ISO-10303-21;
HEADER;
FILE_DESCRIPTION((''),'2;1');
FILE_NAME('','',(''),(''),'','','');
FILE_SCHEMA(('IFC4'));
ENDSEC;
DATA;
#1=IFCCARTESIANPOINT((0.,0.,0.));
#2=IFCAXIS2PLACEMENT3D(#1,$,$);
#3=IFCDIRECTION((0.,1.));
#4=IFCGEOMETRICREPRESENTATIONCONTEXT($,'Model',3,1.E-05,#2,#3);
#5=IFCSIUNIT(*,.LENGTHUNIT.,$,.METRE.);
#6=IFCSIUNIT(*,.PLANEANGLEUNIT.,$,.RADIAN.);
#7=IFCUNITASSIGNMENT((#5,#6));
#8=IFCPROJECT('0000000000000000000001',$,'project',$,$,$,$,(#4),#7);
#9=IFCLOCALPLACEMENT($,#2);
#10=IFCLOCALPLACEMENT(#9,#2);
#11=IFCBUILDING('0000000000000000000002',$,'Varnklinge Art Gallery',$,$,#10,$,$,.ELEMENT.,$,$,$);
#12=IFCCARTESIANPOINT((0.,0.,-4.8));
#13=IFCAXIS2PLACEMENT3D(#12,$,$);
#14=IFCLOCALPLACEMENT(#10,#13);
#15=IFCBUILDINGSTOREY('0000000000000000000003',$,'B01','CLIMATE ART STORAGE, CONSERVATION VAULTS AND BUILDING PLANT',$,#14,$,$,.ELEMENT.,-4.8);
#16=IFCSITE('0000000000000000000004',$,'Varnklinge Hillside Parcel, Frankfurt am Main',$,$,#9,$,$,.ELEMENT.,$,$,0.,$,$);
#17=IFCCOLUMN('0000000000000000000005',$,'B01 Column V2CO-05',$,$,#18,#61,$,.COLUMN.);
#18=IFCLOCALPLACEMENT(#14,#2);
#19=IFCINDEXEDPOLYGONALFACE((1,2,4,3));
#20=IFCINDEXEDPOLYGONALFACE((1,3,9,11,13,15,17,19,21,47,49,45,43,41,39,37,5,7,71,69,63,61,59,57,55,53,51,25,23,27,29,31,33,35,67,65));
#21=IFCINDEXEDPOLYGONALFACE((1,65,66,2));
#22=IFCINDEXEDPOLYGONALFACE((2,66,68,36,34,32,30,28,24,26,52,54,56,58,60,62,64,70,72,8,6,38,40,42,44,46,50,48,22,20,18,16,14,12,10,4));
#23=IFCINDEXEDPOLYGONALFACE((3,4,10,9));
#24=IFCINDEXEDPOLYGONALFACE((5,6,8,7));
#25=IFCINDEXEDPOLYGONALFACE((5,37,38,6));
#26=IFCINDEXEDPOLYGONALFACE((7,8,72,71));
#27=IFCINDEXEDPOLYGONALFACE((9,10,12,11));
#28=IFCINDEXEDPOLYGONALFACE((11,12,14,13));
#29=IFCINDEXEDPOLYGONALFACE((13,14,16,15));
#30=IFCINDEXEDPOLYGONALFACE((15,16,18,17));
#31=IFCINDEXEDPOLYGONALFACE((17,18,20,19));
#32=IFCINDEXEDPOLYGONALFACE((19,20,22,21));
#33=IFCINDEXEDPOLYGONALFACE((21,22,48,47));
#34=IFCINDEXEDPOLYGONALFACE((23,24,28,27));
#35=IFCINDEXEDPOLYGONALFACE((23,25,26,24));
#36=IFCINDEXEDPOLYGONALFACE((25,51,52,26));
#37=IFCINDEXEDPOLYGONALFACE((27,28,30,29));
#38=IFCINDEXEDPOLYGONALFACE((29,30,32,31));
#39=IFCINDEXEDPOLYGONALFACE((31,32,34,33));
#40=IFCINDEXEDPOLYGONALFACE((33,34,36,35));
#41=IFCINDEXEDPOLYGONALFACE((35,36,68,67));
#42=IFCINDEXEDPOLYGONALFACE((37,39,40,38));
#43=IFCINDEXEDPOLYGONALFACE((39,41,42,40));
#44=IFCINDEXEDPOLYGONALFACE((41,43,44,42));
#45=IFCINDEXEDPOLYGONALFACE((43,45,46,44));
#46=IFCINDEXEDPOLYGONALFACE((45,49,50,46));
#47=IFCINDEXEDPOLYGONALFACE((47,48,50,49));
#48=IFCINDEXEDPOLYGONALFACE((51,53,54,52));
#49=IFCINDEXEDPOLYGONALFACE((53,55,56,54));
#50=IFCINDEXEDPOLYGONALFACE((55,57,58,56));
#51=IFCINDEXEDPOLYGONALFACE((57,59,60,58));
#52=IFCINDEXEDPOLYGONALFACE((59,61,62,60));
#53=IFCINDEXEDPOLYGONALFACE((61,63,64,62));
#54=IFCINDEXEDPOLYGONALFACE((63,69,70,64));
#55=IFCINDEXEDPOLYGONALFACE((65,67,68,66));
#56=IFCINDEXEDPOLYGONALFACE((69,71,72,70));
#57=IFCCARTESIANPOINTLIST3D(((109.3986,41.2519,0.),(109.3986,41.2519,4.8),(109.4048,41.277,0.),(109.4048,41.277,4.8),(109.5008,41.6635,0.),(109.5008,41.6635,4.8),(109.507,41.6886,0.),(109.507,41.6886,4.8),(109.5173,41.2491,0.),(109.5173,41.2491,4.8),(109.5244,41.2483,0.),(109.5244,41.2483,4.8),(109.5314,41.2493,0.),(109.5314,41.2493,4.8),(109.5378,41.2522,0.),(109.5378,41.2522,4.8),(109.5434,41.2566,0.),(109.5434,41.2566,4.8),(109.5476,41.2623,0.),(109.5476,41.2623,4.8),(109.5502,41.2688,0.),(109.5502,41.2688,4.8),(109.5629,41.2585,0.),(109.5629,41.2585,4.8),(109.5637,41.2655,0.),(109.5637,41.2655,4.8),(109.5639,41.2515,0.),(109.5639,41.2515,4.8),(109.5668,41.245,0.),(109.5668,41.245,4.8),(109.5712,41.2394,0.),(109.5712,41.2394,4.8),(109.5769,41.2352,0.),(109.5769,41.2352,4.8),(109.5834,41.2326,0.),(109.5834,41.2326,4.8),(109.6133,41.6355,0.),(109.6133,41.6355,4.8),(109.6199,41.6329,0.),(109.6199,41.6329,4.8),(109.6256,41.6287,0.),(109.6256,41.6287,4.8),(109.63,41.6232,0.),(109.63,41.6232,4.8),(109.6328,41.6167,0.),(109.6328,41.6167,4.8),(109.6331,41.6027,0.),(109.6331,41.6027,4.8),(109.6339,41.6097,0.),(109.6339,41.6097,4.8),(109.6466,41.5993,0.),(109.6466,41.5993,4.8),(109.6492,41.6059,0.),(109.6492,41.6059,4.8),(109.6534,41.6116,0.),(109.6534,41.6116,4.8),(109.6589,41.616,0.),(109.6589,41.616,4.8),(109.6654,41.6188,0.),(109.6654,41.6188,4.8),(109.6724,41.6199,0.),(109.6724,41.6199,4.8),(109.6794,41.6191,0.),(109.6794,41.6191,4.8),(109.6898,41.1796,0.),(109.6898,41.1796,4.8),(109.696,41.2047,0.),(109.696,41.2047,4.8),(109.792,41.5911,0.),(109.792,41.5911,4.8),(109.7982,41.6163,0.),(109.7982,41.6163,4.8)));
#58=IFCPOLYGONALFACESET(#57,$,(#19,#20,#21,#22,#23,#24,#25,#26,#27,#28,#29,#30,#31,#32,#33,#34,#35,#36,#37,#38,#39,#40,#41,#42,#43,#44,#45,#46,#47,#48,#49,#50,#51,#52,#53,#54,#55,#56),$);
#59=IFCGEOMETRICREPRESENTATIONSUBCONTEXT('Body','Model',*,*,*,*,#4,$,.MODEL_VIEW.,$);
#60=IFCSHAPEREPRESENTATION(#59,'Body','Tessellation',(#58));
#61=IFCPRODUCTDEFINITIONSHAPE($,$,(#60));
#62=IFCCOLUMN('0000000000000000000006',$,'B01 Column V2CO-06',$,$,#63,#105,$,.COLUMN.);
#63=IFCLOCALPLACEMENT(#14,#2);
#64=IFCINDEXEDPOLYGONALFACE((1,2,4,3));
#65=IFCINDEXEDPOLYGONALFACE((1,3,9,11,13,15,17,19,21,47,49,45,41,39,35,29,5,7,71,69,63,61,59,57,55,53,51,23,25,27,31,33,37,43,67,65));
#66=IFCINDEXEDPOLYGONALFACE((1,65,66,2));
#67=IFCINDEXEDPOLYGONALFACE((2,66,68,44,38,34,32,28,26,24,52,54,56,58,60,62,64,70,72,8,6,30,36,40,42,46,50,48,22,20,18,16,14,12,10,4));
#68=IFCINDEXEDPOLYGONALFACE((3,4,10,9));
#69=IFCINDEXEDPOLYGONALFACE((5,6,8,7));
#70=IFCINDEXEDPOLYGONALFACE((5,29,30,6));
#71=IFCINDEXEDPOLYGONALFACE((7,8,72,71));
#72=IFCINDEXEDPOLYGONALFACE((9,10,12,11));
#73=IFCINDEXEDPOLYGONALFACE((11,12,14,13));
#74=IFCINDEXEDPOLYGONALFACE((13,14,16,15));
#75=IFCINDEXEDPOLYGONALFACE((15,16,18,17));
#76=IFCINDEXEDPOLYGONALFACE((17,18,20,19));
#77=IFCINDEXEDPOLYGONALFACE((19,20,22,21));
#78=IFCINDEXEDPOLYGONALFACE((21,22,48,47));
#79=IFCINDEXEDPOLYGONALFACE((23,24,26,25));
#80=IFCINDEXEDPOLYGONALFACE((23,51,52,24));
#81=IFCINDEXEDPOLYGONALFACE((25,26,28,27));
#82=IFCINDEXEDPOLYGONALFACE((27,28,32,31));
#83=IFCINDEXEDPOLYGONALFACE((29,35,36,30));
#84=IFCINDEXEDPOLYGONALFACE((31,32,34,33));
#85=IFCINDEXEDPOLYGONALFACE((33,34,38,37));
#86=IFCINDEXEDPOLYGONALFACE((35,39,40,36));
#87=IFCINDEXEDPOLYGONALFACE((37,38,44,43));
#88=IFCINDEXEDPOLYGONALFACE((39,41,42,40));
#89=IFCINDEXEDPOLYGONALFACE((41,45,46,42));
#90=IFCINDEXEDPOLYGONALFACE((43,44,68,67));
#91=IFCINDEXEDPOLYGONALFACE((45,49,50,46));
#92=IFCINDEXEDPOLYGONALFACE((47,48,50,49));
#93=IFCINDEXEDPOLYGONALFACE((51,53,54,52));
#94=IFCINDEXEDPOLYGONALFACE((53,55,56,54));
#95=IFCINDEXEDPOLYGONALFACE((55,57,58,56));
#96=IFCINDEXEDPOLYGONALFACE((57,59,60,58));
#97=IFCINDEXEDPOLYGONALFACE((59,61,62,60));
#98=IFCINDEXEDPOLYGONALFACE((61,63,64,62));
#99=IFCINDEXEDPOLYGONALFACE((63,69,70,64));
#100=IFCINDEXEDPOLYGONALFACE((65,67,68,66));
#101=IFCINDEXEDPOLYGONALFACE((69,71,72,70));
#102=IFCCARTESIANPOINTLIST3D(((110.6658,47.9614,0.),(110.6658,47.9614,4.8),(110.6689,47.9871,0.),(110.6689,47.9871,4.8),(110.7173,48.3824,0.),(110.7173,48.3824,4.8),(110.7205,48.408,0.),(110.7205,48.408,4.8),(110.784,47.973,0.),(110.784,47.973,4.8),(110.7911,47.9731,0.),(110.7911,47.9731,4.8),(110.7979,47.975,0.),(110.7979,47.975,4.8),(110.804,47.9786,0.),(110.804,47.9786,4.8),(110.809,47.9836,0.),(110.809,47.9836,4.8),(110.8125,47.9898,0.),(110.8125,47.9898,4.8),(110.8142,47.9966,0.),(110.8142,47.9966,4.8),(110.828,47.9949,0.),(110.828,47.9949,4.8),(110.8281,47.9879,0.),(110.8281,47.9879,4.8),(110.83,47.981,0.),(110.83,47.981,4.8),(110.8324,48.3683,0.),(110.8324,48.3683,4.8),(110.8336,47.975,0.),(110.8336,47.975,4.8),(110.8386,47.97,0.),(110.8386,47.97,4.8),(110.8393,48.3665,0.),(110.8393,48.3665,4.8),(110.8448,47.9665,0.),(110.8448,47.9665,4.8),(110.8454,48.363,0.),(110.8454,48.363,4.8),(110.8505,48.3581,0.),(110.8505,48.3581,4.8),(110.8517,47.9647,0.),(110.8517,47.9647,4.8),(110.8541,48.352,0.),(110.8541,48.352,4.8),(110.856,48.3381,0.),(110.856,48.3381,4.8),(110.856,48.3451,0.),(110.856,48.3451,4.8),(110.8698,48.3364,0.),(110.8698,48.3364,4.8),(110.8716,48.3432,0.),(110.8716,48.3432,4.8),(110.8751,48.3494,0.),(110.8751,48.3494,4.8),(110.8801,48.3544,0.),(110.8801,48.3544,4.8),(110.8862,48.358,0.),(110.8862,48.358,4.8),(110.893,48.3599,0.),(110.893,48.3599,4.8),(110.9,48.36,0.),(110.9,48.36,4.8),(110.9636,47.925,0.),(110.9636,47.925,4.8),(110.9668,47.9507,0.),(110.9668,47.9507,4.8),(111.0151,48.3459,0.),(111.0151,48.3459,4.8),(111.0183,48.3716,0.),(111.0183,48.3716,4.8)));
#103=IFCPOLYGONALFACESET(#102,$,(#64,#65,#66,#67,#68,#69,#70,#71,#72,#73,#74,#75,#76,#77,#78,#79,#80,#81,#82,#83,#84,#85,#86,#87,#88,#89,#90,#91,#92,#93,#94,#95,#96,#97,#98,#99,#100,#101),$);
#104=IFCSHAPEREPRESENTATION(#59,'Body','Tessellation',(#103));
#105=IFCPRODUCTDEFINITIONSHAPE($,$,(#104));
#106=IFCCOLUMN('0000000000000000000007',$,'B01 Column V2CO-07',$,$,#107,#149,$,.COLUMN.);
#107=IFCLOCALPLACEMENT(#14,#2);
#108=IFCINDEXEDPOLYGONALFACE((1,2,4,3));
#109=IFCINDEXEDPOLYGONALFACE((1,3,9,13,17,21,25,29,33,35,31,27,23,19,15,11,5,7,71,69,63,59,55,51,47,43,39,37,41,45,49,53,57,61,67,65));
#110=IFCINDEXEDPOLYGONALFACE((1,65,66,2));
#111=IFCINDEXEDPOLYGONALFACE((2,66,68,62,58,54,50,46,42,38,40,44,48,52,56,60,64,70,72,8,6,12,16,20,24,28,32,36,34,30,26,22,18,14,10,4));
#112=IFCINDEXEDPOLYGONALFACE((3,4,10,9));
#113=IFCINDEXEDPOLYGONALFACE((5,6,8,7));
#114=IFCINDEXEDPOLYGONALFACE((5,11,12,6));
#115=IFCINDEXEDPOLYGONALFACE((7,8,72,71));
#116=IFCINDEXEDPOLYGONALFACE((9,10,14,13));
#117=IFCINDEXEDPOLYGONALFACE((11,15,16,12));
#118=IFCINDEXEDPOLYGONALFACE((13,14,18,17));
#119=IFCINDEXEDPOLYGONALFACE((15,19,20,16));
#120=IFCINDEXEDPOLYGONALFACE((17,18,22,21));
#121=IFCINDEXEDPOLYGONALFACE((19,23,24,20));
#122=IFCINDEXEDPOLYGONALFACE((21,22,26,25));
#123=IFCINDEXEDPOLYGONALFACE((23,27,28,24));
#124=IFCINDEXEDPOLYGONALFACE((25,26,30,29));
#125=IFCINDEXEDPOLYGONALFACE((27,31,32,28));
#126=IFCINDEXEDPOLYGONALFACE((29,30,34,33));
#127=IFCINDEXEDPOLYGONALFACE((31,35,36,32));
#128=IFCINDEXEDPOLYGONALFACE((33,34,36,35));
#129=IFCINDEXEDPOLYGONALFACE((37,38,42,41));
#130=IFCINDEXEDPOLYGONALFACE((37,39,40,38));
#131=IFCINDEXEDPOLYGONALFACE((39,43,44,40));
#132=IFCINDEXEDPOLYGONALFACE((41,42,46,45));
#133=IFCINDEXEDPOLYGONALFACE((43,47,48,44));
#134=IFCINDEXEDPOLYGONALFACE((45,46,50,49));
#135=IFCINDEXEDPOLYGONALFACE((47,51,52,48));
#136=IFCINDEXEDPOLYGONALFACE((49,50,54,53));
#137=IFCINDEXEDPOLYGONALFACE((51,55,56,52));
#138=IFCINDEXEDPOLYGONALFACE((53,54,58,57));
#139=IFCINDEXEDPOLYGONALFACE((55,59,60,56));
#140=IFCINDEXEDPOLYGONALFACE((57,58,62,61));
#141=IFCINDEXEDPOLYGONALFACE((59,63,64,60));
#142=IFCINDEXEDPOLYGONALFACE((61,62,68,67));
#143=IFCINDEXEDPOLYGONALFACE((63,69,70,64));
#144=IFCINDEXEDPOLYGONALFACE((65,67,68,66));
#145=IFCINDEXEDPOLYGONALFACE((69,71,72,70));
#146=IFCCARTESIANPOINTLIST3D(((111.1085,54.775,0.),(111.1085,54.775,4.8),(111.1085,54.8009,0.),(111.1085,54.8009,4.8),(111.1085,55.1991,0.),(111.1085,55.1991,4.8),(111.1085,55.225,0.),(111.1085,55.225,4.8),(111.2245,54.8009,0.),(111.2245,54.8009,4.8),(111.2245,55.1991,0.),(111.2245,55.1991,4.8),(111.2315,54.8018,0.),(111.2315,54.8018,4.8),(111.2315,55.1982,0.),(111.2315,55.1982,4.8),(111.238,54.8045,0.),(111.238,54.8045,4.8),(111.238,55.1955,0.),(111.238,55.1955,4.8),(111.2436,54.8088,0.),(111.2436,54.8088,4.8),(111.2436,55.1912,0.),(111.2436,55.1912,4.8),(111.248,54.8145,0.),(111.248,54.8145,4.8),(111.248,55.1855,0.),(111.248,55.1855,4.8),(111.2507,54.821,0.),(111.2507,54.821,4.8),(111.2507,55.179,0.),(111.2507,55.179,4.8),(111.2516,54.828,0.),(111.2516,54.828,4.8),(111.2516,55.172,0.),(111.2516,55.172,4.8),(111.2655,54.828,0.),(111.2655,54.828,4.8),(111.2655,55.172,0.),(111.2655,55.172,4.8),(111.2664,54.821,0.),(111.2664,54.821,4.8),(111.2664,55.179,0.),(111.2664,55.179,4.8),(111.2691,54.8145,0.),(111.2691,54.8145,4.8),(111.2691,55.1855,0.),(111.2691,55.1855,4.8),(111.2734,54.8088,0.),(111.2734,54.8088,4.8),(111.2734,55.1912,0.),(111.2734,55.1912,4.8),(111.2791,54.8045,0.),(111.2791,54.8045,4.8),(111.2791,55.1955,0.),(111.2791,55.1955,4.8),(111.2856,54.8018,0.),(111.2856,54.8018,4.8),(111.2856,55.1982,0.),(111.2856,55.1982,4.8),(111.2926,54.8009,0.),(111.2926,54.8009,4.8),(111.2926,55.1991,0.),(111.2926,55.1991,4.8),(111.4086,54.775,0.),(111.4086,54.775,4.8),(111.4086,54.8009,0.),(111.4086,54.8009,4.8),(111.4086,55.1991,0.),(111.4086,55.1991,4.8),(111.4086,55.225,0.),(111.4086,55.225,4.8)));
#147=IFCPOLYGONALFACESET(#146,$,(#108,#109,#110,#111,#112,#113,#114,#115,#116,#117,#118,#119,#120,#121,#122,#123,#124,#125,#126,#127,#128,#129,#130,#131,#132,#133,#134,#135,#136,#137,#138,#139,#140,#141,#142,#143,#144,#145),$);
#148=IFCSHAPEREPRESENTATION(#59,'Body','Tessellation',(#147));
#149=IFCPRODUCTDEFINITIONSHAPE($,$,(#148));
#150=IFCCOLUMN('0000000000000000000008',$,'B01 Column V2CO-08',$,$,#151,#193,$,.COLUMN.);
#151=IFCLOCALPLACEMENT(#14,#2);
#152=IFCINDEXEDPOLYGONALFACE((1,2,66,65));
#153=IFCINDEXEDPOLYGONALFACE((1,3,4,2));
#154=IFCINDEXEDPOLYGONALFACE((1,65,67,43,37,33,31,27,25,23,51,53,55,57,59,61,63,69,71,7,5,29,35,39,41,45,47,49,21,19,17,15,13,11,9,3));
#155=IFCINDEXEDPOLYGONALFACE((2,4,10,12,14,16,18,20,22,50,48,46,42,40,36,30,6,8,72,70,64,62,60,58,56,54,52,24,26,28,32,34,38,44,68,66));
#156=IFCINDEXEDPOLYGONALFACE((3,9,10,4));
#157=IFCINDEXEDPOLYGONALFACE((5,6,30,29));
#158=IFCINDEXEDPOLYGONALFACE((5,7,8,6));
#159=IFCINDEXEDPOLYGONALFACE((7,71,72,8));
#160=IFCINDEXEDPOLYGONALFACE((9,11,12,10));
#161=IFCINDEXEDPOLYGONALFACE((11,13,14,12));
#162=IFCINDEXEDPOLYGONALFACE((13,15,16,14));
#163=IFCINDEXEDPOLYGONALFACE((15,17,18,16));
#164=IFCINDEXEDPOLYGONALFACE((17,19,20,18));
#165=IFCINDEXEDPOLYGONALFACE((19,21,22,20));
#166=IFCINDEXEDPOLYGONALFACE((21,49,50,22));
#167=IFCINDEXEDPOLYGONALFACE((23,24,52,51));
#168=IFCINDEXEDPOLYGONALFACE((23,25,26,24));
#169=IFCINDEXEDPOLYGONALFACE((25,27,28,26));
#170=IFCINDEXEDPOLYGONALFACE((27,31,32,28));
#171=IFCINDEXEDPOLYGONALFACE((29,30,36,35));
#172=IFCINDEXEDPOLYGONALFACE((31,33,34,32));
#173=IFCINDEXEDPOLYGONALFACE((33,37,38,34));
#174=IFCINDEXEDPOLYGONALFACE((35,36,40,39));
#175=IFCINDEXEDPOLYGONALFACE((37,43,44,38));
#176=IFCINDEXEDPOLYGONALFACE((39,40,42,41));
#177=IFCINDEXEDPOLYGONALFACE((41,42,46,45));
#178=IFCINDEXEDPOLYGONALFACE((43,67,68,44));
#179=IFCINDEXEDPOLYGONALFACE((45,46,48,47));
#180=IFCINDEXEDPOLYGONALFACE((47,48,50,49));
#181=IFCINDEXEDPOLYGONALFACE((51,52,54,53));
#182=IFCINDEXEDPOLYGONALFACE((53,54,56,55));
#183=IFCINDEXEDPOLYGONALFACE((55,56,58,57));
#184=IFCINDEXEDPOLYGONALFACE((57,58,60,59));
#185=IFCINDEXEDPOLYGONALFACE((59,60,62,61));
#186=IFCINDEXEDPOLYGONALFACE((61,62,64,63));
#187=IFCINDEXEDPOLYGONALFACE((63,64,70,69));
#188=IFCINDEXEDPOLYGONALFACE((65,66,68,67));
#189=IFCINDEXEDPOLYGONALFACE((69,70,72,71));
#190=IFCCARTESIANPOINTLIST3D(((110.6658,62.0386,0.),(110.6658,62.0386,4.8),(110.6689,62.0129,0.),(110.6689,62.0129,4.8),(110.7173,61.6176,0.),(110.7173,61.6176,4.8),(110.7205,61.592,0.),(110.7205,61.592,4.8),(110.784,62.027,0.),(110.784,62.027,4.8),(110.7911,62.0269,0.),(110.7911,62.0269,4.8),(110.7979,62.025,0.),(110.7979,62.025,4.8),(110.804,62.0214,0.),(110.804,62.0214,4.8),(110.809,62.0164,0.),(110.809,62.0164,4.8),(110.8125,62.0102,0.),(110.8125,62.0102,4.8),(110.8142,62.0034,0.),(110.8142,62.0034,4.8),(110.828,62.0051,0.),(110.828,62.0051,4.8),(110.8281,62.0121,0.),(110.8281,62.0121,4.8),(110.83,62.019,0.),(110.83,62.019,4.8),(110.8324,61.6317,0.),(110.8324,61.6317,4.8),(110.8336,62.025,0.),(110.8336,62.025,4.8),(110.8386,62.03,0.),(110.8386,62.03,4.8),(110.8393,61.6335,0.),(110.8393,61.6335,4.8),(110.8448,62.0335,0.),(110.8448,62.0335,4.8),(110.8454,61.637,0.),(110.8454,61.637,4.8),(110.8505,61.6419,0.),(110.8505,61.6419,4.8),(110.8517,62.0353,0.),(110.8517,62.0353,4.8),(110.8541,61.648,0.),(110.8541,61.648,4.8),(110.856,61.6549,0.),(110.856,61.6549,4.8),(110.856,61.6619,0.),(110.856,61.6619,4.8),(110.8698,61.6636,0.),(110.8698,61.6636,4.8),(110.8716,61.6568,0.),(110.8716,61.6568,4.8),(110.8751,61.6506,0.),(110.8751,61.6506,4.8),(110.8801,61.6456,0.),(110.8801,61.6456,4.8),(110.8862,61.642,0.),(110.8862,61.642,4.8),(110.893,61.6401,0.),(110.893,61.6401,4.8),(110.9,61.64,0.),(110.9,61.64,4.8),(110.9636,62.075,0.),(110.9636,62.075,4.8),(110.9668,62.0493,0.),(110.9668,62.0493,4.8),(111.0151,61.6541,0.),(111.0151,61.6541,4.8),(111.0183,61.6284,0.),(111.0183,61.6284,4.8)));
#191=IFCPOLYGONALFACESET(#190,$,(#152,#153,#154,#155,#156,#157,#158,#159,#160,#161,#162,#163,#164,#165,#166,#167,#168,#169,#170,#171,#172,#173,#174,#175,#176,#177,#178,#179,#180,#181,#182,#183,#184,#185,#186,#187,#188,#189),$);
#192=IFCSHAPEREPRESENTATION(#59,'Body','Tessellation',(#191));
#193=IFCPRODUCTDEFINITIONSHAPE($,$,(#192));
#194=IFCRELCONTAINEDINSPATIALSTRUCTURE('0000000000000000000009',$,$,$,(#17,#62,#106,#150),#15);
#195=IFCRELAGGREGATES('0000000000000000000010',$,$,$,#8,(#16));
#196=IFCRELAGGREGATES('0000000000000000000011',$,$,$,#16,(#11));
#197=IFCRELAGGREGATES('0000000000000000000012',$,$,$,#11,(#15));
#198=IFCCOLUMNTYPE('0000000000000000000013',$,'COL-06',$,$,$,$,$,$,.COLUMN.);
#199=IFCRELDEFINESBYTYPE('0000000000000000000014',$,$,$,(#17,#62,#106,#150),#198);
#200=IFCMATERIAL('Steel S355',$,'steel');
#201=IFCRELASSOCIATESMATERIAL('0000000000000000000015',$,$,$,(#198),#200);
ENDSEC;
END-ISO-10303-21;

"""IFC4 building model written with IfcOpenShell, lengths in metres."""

from ifc_helpers import new_model, si_unit, direction, frame, origin, origin_2d, place, context, subcontext, project, spatial, i_section, extrude, material, material_profile, profile_set, type_object, element, save


model = new_model("IFC4")

# Units and contexts
model_context = context("Model", 3, precision=1e-05, world=origin(), true_north=direction((0.0, 1.0)))
body_context = subcontext(model_context, "Body", "Model", "MODEL_VIEW")
ifc_project = project(units=[si_unit("LENGTHUNIT", "METRE"), si_unit("PLANEANGLEUNIT", "RADIAN")], contexts=[model_context])

# Site, building, storey
site_placement = place(None, origin())
site = spatial("IfcSite", under=ifc_project, at=site_placement, Name="Varnklinge Hillside Parcel, Frankfurt am Main", CompositionType="ELEMENT", RefElevation=0.0)
building_placement = place(site_placement, origin())
building = spatial("IfcBuilding", under=site, at=building_placement, Name="Varnklinge Art Gallery", CompositionType="ELEMENT")
storey_placement = place(building_placement, frame((0.0, 0.0, -4.8)))
storey = spatial("IfcBuildingStorey", under=building, at=storey_placement, Name="B01", Description="CLIMATE ART STORAGE, CONSERVATION VAULTS AND BUILDING PLANT", CompositionType="ELEMENT", Elevation=-4.8)

# Columns
ifc_material_1 = material(Name="Steel S355", Category="steel")
ifc_material_profile_1 = material_profile(ifc_material_1, i_section(OverallWidth=0.3, OverallDepth=0.45, WebThickness=0.0139, FlangeThickness=0.0259, FilletRadius=0.0271, at=origin_2d()), Name="HEB 450")
ifc_profile_set_1 = profile_set([ifc_material_profile_1], Name="Steel S355")
column_type = type_object("IfcColumnType", Name="COL-06", PredefinedType="COLUMN", material=ifc_profile_set_1)
for number, where, z_axis, x_axis, name in (
    (1, (109.5984, 41.4341, 0.0), (0.0, 0.0, 1.0), (-0.970506, 0.241075, 0.0), "B01 Column V2CO-05"),
    (2, (110.842, 48.1665, 0.0), (0.0, 0.0, 1.0), (-0.992589, 0.121523, 0.0), "B01 Column V2CO-06"),
    (3, (111.2585, 55.0, 0.0), (0.0, 0.0, 1.0), (-1.0, 0.0, 0.0), "B01 Column V2CO-07"),
    (4, (110.842, 61.8335, 0.0), (0.0, 0.0, 1.0), (-0.992589, -0.121523, 0.0), "B01 Column V2CO-08"),
):
    element("IfcColumn", number, at=place(storey_placement, frame(where, z_axis=z_axis, x_axis=x_axis)), inside=storey, type_object=column_type, Name=name, PredefinedType="COLUMN", context=body_context, shape_type="SweptSolid", body=[
        extrude(i_section(OverallWidth=0.3, OverallDepth=0.45, WebThickness=0.0139, FlangeThickness=0.0259, FilletRadius=0.0271, at=origin_2d()), origin(), (0.0, 0.0, 1.0), 4.8),
    ])

save(model, "model.ifc")
